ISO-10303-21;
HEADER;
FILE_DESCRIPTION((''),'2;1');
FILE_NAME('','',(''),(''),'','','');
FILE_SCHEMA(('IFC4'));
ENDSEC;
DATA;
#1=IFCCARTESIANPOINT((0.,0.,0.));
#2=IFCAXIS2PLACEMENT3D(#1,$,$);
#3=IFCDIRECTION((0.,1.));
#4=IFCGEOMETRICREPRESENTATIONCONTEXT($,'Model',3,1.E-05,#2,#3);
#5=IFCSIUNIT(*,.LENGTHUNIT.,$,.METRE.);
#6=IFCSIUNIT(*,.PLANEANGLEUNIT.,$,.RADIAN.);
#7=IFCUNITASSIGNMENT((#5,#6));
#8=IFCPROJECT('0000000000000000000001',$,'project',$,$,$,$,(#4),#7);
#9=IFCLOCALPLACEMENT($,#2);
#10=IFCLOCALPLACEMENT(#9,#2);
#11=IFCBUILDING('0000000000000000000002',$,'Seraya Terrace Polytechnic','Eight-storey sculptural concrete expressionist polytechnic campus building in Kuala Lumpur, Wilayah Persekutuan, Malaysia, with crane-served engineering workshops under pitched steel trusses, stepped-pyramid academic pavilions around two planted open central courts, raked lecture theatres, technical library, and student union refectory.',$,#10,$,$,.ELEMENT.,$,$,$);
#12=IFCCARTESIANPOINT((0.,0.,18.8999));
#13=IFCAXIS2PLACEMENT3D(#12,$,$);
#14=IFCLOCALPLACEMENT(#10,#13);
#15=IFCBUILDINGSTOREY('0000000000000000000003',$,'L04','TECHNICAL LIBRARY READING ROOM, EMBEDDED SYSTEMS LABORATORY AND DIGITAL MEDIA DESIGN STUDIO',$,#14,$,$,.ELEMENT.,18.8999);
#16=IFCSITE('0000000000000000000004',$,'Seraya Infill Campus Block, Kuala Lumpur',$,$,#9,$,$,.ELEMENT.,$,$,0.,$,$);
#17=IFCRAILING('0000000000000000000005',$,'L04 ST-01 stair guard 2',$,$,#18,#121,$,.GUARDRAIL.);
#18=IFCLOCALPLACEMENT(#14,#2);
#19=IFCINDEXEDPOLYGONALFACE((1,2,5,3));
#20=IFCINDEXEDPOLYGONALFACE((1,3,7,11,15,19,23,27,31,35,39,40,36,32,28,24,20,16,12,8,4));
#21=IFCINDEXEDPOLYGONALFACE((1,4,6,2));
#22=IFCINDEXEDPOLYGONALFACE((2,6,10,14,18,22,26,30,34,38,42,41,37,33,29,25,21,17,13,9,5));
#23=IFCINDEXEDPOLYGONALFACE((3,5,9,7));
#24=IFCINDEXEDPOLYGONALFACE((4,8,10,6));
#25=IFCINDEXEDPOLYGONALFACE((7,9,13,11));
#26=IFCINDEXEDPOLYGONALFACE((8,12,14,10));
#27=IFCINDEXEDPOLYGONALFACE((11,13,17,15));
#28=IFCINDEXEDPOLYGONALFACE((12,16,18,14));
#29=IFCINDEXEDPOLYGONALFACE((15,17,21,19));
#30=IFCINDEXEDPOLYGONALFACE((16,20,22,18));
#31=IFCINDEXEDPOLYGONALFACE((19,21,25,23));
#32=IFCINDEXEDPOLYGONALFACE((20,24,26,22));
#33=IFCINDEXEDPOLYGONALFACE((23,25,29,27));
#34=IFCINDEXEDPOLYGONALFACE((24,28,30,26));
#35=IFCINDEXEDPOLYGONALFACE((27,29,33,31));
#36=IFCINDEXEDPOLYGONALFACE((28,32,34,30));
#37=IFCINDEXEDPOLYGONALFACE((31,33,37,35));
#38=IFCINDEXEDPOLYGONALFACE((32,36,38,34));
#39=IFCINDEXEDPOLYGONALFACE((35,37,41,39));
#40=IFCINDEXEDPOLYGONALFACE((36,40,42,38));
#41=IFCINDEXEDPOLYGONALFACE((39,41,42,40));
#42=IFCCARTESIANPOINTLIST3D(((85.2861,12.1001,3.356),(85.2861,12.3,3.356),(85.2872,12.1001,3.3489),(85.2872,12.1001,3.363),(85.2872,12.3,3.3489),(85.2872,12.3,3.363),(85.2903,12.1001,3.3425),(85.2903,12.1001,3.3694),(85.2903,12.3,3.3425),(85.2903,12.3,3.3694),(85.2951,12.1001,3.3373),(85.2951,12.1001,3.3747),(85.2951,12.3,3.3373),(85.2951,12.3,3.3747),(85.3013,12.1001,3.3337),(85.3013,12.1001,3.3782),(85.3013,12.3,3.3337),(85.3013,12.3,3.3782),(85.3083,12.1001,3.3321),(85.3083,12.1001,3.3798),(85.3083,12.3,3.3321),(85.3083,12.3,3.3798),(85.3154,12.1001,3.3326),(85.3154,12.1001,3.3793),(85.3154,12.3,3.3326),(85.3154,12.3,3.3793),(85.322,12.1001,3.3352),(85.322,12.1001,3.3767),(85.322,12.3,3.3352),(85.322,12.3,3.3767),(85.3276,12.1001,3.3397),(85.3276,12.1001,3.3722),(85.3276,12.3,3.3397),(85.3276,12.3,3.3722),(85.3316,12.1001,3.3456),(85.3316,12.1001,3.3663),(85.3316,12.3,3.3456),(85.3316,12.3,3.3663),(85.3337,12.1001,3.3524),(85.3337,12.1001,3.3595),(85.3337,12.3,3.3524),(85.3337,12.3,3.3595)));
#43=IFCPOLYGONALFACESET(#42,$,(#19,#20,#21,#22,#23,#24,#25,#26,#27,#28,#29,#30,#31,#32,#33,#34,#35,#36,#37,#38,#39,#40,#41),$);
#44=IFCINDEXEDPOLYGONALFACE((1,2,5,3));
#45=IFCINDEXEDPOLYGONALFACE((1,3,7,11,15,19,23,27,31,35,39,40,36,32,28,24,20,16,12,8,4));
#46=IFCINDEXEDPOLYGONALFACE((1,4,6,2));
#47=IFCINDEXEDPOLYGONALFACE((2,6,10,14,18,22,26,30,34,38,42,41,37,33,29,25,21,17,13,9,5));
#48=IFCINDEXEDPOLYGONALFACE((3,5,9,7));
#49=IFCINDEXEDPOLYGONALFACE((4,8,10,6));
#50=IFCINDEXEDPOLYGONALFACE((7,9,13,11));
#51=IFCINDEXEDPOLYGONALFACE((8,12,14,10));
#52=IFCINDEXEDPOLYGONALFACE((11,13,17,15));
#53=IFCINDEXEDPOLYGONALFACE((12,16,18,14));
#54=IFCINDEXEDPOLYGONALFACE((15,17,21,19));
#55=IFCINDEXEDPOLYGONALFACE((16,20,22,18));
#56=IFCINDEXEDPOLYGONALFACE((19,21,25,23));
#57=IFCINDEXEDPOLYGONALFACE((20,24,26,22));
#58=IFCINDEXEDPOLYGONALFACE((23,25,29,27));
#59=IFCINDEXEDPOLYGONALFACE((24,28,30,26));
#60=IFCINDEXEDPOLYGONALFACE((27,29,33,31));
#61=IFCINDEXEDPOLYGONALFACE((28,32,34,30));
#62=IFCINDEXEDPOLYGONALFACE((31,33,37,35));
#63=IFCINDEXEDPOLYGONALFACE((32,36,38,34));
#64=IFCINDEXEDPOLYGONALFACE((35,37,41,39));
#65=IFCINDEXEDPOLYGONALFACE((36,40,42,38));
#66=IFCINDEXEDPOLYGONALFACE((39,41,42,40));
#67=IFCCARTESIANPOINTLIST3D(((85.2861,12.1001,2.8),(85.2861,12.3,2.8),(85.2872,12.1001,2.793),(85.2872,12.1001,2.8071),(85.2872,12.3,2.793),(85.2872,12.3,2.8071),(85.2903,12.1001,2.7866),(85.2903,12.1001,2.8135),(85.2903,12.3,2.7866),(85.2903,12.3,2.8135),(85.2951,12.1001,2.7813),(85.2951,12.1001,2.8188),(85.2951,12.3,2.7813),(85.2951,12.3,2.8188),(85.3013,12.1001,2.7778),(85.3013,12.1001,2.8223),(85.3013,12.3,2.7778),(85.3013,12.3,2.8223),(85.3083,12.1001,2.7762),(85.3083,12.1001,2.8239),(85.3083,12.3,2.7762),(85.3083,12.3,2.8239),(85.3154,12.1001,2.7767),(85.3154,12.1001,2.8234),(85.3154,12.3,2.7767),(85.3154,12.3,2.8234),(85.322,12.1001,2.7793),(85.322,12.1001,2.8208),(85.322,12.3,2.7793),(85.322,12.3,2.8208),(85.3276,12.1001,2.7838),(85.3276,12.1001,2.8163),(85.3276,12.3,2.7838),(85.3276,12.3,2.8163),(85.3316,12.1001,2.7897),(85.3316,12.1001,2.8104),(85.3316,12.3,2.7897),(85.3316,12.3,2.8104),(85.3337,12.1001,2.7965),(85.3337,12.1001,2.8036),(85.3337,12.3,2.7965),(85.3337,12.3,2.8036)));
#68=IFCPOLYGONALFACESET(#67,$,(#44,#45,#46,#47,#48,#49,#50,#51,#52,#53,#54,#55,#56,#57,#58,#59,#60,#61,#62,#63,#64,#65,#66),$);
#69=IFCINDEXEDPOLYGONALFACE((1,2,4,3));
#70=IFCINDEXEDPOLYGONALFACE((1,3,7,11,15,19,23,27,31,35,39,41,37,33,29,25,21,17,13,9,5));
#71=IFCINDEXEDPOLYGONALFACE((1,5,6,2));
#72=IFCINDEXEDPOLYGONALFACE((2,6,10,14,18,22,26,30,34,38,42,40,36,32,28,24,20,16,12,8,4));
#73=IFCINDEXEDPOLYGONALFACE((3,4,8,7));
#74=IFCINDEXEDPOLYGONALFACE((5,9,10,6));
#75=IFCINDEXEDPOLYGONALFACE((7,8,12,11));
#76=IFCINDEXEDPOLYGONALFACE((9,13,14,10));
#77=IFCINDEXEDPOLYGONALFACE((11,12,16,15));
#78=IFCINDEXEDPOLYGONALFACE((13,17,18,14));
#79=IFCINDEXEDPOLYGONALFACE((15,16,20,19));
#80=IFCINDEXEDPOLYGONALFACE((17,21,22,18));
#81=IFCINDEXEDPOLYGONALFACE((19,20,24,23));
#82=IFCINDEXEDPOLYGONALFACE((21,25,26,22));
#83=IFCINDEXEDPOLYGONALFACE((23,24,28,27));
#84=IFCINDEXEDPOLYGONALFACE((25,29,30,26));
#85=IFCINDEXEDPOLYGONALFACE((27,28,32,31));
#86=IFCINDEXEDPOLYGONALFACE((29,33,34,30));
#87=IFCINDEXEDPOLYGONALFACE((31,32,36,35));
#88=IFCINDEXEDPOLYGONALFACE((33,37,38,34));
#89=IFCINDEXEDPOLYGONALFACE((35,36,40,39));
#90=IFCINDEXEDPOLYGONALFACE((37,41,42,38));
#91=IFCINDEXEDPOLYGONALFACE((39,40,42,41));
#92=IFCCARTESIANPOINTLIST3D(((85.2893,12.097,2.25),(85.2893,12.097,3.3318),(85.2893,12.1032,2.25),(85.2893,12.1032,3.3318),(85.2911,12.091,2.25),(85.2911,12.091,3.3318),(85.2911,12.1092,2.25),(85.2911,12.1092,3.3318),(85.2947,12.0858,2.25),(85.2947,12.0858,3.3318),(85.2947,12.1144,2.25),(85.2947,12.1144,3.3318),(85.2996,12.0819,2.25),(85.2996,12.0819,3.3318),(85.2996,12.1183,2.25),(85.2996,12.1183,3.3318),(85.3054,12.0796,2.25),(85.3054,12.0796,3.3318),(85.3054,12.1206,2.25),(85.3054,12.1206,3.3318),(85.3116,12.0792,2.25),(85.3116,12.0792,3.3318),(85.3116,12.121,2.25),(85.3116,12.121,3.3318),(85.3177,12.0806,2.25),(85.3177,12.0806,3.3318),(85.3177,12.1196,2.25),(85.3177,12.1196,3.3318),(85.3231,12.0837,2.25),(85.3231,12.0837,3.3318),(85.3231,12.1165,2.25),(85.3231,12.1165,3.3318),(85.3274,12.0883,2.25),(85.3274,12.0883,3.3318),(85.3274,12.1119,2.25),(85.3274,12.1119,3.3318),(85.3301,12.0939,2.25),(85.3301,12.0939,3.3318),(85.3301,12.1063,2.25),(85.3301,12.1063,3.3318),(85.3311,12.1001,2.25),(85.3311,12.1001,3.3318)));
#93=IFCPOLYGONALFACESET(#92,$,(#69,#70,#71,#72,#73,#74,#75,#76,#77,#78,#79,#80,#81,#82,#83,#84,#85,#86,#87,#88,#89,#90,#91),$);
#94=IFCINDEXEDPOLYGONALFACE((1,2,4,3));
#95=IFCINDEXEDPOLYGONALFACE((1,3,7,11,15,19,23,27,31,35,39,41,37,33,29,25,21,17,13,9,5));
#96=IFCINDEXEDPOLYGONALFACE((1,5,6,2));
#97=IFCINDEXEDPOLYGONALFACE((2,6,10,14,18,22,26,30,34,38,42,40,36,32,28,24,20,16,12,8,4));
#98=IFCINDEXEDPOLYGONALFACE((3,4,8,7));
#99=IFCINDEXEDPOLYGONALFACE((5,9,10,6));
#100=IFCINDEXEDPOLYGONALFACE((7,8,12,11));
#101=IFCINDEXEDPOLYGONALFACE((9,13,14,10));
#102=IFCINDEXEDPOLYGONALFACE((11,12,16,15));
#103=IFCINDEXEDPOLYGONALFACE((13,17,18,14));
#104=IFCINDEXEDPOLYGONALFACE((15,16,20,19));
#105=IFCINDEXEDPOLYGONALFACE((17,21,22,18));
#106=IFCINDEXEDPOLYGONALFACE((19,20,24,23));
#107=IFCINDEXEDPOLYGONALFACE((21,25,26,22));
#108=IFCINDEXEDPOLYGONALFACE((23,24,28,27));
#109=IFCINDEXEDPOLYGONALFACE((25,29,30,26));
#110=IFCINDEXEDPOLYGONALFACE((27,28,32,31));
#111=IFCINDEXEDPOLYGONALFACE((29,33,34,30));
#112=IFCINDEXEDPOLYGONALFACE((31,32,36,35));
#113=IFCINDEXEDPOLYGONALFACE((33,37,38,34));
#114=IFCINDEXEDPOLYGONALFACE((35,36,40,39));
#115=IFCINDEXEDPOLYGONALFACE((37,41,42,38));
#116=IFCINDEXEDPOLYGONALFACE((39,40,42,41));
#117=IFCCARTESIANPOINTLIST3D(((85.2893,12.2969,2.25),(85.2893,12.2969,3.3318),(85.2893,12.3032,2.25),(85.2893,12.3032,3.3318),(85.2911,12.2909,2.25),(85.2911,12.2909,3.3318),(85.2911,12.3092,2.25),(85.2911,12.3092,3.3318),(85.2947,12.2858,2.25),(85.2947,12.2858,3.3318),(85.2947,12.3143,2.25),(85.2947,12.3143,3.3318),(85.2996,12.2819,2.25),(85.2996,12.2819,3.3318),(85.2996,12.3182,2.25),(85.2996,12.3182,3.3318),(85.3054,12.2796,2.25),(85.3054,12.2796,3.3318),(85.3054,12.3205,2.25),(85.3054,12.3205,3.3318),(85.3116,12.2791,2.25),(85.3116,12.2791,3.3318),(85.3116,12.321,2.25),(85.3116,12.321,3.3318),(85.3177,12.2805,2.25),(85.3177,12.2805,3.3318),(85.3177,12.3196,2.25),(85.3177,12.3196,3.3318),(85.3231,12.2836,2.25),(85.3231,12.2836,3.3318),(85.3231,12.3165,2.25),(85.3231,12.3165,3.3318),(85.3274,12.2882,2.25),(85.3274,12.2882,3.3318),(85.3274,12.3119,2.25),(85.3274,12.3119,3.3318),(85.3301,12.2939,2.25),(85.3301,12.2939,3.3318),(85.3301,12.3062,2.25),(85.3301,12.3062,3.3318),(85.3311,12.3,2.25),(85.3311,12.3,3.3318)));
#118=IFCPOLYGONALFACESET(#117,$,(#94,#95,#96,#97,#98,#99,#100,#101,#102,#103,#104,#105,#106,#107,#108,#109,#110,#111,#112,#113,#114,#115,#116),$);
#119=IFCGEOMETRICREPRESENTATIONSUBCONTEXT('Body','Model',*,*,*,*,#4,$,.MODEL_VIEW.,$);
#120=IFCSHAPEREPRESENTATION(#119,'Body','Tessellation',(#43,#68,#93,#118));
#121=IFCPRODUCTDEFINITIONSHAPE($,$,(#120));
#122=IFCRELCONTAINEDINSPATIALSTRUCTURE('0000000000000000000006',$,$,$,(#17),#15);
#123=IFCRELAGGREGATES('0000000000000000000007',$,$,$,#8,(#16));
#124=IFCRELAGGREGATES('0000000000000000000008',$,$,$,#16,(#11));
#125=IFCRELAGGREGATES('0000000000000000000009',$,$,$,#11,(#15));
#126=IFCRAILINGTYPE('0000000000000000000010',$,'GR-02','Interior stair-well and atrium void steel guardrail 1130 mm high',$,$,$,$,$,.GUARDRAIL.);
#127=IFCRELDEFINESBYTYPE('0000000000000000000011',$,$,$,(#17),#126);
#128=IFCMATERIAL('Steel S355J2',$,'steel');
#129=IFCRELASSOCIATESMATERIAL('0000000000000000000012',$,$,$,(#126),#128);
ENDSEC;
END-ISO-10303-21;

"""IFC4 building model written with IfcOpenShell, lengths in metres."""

from ifc_helpers import new_model, si_unit, direction, frame, origin, origin_2d, place, context, subcontext, project, spatial, circle, extrude, material, type_object, element, save


model = new_model("IFC4")

# Units and contexts
model_context = context("Model", 3, precision=1e-05, world=origin(), true_north=direction((0.0, 1.0)))
body_context = subcontext(model_context, "Body", "Model", "MODEL_VIEW")
ifc_project = project(units=[si_unit("LENGTHUNIT", "METRE"), si_unit("PLANEANGLEUNIT", "RADIAN")], contexts=[model_context])

# Site, building, storey
site_placement = place(None, origin())
site = spatial("IfcSite", under=ifc_project, at=site_placement, Name="Seraya Infill Campus Block, Kuala Lumpur", CompositionType="ELEMENT", RefElevation=0.0)
building_placement = place(site_placement, origin())
building = spatial("IfcBuilding", under=site, at=building_placement, Name="Seraya Terrace Polytechnic", Description="Eight-storey sculptural concrete expressionist polytechnic campus building in Kuala Lumpur, Wilayah Persekutuan, Malaysia, with crane-served engineering workshops under pitched steel trusses, stepped-pyramid academic pavilions around two planted open central courts, raked lecture theatres, technical library, and student union refectory.", CompositionType="ELEMENT")
storey_placement = place(building_placement, frame((0.0, 0.0, 18.8999)))
storey = spatial("IfcBuildingStorey", under=building, at=storey_placement, Name="L04", Description="TECHNICAL LIBRARY READING ROOM, EMBEDDED SYSTEMS LABORATORY AND DIGITAL MEDIA DESIGN STUDIO", CompositionType="ELEMENT", Elevation=18.8999)

# Railing
ifc_material_1 = material(Name="Steel S355J2", Category="steel")
railing_type_1 = type_object("IfcRailingType", Name="GR-02", Description="Interior stair-well and atrium void steel guardrail 1130 mm high", PredefinedType="GUARDRAIL", material=ifc_material_1)
railing_1_placement = place(storey_placement, frame((85.3101, 12.1001, 2.25)))
element("IfcRailing", 1, at=railing_1_placement, inside=storey, type_object=railing_type_1, Name="L04 ST-01 stair guard 2", PredefinedType="GUARDRAIL", context=body_context, shape_type="SweptSolid", body=[
    extrude(circle(Radius=0.0239, at=origin_2d()), frame((0.0, 0.0, 1.106), z_axis=(0.0, 1.0, 0.0), x_axis=(-1.0, 0.0, 0.0)), (0.0, 0.0, 1.0), 0.2),
    extrude(circle(Radius=0.0239, at=origin_2d()), frame((0.0, 0.0, 0.55), z_axis=(0.0, 1.0, 0.0), x_axis=(-1.0, 0.0, 0.0)), (0.0, 0.0, 1.0), 0.2),
    extrude(circle(Radius=0.021, at=origin_2d()), origin(), (0.0, 0.0, 1.0), 1.0818),
    extrude(circle(Radius=0.021, at=origin_2d()), frame((0.0, 0.2, 0.0)), (0.0, 0.0, 1.0), 1.0818),
])

save(model, "model.ifc")
